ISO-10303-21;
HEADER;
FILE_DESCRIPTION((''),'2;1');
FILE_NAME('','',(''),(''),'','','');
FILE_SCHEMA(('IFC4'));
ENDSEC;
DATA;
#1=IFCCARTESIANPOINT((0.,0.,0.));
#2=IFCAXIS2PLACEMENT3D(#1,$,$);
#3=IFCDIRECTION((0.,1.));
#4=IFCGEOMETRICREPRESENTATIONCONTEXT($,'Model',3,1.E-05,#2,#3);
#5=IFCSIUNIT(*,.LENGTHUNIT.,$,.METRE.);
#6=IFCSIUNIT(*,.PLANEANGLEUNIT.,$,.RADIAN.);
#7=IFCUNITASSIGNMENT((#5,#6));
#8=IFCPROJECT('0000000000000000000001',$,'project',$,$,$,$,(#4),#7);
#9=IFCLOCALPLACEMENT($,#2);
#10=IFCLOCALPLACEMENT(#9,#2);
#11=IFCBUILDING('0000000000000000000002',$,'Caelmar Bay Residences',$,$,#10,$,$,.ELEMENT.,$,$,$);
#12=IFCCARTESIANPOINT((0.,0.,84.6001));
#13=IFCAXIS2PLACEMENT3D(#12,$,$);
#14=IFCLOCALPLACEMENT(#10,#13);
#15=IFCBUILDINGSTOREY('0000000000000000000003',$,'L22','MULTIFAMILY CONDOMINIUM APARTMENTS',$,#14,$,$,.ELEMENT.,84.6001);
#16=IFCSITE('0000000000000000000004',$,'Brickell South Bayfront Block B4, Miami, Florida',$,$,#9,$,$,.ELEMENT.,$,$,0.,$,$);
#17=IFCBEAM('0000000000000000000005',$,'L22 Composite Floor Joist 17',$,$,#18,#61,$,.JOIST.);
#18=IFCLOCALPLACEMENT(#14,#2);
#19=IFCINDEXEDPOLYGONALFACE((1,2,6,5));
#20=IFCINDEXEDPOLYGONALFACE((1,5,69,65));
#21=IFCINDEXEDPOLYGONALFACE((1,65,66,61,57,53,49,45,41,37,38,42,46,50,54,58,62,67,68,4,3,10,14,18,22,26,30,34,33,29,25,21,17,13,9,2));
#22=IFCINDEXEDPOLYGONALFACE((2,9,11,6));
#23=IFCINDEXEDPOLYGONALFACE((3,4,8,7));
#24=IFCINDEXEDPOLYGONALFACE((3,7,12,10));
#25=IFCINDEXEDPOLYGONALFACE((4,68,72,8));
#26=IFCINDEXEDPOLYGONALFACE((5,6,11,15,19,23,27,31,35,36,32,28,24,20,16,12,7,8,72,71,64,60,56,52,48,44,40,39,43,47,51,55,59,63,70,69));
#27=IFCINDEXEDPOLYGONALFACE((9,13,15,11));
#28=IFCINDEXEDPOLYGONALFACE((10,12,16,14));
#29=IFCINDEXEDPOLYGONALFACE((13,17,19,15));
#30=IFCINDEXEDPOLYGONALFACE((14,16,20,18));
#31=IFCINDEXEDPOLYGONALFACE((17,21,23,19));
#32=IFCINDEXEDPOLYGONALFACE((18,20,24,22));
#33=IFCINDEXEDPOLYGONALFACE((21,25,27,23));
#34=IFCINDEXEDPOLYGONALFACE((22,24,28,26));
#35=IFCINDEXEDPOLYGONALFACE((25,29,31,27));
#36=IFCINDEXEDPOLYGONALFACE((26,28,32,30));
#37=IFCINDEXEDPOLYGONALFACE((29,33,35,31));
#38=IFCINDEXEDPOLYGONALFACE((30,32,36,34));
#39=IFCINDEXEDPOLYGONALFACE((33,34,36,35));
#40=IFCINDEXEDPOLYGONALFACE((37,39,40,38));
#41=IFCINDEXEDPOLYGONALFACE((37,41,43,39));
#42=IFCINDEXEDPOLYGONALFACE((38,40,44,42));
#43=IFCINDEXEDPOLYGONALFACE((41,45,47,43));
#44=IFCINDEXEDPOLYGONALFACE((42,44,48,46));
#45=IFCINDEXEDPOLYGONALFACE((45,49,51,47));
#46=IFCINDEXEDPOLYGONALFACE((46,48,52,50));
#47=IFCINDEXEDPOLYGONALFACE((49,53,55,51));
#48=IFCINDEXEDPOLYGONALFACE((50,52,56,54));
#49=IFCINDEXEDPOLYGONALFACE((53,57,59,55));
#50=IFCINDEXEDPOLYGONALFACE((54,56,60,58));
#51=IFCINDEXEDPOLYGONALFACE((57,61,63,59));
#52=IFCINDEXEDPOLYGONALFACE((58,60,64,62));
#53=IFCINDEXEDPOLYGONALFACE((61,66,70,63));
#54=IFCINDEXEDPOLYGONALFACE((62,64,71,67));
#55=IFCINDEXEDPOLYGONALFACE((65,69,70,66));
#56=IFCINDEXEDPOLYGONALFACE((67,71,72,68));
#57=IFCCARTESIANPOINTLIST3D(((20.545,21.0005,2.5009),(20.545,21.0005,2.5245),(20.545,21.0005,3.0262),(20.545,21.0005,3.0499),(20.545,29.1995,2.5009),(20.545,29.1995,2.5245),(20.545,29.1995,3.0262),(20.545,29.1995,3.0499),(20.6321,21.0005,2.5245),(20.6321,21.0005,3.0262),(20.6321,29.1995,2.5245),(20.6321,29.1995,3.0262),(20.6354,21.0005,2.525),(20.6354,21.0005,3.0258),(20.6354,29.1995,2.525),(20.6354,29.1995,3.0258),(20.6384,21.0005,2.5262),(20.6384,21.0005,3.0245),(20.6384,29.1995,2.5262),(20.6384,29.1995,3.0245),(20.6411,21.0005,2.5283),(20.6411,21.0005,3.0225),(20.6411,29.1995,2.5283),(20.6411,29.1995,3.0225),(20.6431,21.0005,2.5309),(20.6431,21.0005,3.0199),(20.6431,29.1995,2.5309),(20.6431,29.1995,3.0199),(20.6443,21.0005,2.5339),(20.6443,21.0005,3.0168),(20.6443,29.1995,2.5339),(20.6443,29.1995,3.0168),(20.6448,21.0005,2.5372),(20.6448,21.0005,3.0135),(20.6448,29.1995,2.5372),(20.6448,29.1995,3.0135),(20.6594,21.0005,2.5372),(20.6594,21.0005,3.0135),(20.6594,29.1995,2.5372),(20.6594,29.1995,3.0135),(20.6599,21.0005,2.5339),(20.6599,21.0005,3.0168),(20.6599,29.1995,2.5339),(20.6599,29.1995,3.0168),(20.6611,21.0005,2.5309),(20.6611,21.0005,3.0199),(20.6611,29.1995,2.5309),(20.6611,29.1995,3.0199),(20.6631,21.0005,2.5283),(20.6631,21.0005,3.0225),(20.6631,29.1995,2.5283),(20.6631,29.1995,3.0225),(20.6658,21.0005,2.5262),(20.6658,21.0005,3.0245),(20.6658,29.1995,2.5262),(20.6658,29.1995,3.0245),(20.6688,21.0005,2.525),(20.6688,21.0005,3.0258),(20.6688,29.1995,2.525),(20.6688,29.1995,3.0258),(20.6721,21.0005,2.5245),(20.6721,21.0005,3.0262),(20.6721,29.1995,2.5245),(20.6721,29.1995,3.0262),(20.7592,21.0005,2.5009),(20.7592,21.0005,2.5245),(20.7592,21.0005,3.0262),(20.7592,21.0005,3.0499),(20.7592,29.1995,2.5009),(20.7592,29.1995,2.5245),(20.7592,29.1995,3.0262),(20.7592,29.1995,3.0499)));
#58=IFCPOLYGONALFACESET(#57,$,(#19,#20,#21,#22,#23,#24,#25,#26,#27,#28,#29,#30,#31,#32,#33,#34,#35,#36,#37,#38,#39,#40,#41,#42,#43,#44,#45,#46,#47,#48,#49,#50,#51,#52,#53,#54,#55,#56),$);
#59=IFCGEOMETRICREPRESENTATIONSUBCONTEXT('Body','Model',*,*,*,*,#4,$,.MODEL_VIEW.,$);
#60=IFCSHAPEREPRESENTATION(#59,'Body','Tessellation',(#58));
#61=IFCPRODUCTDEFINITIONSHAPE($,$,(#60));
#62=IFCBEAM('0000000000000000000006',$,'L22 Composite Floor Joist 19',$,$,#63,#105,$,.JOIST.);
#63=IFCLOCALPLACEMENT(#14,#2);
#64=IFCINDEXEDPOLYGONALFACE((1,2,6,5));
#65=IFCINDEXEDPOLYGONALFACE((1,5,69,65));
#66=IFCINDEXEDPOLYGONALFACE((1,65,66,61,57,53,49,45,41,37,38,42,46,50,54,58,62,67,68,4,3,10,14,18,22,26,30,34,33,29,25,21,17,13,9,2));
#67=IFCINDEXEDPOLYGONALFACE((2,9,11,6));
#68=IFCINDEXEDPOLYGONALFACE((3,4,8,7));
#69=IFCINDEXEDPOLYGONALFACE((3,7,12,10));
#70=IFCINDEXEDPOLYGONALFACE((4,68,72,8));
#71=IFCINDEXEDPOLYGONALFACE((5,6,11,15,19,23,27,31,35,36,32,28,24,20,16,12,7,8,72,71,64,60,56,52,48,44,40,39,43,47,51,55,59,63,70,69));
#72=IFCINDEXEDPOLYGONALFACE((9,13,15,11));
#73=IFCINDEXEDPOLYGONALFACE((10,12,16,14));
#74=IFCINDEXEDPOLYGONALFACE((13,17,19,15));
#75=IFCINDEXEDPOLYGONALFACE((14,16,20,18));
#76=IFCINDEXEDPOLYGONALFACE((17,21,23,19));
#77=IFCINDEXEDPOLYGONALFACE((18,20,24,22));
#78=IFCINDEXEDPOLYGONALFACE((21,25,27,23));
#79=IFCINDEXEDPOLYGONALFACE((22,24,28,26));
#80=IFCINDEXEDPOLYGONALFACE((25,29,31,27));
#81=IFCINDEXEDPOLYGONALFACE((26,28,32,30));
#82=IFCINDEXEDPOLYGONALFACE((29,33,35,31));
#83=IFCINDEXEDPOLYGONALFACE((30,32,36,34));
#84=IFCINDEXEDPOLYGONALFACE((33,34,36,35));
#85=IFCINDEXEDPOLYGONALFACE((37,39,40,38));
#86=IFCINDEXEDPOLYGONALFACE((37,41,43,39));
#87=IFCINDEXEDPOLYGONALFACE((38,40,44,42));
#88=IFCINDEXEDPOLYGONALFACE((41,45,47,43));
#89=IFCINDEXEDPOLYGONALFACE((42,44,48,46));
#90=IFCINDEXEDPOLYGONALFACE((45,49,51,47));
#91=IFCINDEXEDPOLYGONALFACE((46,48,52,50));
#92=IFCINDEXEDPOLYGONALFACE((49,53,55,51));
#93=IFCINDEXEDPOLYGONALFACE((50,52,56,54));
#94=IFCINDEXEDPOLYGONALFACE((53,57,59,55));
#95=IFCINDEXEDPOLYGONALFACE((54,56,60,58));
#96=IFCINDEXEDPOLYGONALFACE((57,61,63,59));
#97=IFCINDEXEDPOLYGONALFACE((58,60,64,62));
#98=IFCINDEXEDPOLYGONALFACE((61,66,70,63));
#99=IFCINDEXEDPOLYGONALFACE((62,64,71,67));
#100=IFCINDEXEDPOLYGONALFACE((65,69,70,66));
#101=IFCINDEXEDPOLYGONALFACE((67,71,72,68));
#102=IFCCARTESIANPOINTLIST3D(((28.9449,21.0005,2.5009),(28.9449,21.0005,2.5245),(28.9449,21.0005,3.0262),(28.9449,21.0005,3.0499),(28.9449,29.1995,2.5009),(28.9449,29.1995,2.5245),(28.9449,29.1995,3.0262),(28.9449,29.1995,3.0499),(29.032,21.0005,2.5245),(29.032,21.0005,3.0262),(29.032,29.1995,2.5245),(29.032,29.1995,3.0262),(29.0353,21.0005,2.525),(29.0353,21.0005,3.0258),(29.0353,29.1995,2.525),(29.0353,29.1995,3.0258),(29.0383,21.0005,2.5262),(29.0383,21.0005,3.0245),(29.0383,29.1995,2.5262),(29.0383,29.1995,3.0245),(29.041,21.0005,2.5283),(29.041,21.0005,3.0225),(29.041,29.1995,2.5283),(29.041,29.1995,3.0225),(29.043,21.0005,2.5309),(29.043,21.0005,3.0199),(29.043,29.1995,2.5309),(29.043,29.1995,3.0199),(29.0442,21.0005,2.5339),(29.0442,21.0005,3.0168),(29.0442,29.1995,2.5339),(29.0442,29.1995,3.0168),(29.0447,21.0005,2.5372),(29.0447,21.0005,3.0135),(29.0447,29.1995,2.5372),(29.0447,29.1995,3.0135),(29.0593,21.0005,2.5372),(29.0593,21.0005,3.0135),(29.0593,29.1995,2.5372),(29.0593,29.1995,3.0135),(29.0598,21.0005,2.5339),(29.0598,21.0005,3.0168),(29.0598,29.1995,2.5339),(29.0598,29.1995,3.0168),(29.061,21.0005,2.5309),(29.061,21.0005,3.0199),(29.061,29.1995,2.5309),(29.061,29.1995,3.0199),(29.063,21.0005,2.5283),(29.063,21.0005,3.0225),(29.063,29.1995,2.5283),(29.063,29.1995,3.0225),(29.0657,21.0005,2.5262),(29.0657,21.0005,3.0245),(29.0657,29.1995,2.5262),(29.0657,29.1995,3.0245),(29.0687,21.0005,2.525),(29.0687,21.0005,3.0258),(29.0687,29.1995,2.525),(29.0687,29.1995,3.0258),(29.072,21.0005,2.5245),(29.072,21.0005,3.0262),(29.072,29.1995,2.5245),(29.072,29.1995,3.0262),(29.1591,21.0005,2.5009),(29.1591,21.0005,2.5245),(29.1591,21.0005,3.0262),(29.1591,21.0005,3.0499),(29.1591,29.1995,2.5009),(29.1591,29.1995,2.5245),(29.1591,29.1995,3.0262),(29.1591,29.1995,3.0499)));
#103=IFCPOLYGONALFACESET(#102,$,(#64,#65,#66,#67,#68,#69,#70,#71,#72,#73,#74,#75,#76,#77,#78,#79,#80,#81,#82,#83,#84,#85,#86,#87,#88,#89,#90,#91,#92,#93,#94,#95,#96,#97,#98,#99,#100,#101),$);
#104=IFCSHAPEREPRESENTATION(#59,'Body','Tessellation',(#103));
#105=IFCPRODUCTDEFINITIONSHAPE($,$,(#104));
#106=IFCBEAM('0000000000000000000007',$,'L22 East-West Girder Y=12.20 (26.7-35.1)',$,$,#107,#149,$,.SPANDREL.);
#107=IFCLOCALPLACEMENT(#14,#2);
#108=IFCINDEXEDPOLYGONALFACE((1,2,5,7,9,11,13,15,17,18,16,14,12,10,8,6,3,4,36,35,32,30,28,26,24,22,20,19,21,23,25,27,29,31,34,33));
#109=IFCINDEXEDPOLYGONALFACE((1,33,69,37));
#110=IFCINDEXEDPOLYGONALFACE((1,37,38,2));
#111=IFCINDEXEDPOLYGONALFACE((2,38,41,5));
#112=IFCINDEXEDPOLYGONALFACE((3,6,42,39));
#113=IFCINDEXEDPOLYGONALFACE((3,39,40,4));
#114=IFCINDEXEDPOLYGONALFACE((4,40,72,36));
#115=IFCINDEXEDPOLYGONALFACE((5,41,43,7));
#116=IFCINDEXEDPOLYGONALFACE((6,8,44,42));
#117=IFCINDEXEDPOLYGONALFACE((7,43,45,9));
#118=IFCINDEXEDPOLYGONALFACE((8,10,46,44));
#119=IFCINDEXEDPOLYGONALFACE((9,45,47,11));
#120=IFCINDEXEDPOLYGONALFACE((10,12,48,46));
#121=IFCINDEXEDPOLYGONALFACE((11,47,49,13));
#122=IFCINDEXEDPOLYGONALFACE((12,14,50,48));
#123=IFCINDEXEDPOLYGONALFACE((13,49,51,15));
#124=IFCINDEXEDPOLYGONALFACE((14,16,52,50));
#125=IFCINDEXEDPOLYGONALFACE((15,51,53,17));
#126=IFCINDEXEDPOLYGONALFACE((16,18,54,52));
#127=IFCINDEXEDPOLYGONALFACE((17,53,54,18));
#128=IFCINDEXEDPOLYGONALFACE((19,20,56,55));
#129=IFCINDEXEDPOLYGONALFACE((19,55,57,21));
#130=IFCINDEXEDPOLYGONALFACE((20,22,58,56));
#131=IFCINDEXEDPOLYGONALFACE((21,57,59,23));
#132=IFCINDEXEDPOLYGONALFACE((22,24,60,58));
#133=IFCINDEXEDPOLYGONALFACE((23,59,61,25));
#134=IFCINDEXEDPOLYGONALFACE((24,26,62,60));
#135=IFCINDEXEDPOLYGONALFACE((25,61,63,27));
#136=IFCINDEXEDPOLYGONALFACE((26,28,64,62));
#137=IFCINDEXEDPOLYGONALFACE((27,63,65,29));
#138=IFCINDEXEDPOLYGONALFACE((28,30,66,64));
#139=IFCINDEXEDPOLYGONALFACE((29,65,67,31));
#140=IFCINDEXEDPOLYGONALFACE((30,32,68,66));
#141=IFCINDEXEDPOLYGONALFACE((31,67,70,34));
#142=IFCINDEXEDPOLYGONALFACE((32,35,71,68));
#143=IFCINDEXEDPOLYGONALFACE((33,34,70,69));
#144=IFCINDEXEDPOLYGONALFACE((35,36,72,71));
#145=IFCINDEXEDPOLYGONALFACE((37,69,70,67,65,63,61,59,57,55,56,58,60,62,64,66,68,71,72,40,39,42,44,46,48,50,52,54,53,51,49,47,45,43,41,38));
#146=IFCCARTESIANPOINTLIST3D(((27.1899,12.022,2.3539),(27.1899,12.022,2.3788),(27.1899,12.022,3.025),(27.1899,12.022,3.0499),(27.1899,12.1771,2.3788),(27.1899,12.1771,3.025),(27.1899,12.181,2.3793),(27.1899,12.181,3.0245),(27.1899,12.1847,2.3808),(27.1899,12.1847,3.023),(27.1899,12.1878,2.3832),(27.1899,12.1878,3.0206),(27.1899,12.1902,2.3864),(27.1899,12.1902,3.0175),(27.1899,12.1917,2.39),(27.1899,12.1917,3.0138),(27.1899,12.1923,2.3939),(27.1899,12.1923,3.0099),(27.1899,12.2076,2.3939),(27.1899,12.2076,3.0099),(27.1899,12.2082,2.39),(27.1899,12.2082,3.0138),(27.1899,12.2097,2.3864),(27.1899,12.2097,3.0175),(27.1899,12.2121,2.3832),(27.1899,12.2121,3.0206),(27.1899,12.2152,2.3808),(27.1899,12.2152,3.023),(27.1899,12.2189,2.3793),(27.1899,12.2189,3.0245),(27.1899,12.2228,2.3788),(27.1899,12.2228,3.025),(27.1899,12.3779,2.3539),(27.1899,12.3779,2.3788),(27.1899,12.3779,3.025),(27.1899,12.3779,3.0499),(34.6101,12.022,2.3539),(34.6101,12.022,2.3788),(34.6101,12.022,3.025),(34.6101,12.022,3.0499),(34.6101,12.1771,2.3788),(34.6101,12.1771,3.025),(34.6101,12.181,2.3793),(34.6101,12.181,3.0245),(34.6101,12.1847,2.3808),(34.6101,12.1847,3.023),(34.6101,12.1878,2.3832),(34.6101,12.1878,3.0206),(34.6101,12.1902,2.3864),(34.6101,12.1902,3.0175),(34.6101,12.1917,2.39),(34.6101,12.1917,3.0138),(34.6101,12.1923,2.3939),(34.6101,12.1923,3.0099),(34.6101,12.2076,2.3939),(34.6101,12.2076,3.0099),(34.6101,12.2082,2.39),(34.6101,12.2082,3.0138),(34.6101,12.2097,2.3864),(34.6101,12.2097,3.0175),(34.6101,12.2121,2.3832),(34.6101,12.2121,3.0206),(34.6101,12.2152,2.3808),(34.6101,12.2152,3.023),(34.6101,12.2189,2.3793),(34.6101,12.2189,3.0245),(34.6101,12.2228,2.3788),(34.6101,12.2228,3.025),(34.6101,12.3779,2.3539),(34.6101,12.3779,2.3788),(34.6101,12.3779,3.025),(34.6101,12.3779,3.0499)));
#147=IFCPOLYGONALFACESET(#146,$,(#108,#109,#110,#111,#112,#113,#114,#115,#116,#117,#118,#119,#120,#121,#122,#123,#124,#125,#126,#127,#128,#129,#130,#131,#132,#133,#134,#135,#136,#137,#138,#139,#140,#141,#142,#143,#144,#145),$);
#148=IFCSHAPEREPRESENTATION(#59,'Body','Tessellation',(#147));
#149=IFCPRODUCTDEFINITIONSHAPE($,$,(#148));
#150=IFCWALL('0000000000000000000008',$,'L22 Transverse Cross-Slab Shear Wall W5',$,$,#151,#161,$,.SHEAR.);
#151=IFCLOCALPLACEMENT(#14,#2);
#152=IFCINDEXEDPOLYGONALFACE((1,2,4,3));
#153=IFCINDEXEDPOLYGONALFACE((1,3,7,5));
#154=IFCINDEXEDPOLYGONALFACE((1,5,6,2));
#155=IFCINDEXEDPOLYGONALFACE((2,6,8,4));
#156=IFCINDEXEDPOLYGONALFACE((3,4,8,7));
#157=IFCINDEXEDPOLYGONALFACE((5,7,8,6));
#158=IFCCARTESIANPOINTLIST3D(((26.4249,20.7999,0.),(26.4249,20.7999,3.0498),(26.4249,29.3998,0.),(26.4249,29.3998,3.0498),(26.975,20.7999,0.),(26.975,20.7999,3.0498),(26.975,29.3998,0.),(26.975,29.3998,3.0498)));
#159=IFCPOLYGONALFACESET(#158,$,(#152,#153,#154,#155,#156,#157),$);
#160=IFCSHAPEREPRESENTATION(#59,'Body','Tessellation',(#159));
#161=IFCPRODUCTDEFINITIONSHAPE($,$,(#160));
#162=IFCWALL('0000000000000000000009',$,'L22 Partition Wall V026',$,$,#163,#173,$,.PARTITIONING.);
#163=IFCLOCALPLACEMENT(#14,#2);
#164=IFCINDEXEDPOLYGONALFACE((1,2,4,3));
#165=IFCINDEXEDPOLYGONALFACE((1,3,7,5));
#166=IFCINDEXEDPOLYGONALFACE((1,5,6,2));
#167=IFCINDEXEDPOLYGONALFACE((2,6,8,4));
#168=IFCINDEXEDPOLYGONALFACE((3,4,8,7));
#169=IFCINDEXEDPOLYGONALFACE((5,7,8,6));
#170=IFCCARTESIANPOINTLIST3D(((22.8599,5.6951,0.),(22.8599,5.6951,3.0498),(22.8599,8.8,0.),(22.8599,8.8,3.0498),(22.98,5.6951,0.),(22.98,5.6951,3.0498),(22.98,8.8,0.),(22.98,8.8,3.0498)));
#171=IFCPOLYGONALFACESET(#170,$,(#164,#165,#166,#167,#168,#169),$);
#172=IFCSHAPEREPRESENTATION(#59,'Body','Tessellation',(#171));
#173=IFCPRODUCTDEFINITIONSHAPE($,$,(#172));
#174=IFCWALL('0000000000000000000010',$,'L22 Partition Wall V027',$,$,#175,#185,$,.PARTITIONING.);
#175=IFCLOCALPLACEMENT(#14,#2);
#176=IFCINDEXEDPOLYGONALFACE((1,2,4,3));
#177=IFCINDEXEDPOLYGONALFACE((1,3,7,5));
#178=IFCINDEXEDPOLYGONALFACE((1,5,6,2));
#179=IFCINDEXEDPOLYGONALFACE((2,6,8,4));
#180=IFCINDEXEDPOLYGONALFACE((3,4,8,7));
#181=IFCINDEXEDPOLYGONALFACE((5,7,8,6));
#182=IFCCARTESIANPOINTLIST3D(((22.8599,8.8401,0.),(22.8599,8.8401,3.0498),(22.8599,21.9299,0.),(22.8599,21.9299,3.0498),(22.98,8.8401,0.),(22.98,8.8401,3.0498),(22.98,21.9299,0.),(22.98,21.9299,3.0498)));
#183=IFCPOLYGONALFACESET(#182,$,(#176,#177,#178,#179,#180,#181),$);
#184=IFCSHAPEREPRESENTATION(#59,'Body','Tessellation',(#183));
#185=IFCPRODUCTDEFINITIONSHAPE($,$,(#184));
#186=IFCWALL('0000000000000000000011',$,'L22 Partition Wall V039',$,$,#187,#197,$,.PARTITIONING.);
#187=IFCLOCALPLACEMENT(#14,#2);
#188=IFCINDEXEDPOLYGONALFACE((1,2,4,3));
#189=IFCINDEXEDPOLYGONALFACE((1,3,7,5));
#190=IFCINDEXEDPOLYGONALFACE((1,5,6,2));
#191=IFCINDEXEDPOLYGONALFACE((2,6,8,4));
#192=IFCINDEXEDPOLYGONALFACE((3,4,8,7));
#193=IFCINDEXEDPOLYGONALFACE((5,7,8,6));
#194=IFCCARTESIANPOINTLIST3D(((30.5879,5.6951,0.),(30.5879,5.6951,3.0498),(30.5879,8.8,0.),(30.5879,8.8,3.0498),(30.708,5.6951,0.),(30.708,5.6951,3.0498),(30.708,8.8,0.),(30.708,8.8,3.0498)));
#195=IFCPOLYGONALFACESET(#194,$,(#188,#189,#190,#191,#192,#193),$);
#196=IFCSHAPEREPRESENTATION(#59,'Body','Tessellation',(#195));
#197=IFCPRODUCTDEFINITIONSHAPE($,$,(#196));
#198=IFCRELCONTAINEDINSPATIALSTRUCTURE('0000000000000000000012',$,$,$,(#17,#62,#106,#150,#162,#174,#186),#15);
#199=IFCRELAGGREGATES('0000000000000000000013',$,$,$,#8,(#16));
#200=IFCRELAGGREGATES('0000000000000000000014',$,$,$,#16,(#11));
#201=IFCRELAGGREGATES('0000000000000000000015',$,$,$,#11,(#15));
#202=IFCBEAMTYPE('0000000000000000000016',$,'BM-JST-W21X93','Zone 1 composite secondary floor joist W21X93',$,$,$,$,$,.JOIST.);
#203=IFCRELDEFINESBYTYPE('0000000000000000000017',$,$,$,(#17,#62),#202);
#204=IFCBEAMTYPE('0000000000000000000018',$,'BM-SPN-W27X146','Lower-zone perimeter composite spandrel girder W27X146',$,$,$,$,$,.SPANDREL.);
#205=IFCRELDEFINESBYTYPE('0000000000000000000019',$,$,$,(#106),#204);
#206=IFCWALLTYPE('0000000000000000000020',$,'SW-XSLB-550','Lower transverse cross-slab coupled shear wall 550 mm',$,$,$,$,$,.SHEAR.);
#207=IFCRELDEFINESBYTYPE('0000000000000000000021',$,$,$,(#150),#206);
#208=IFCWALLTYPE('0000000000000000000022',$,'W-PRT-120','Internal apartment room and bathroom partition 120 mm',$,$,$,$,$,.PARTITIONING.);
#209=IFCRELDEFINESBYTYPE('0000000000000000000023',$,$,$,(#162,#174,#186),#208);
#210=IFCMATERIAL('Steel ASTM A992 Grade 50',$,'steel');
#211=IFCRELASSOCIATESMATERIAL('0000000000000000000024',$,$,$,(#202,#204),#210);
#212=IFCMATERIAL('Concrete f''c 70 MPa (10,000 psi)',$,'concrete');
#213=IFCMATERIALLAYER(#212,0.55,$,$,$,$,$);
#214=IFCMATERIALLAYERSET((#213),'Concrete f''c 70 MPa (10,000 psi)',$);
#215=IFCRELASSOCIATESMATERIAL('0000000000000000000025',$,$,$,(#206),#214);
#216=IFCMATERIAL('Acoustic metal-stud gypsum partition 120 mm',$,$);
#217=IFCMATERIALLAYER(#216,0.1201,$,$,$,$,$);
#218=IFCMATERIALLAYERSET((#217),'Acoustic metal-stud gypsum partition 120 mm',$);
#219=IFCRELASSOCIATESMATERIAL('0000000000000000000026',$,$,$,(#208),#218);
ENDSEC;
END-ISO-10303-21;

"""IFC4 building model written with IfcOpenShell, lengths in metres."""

from ifc_helpers import new_model, si_unit, direction, frame, frame_2d, origin, origin_2d, place, context, subcontext, project, spatial, rectangle, i_section, extrude, material, layer, layer_set, material_profile, profile_set, type_object, element, save


model = new_model("IFC4")

# Units and contexts
model_context = context("Model", 3, precision=1e-05, world=origin(), true_north=direction((0.0, 1.0)))
body_context = subcontext(model_context, "Body", "Model", "MODEL_VIEW")
ifc_project = project(units=[si_unit("LENGTHUNIT", "METRE"), si_unit("PLANEANGLEUNIT", "RADIAN")], contexts=[model_context])

# Site, building, storey
site_placement = place(None, origin())
site = spatial("IfcSite", under=ifc_project, at=site_placement, Name="Brickell South Bayfront Block B4, Miami, Florida", CompositionType="ELEMENT", RefElevation=0.0)
building_placement = place(site_placement, origin())
building = spatial("IfcBuilding", under=site, at=building_placement, Name="Caelmar Bay Residences", CompositionType="ELEMENT")
storey_placement = place(building_placement, frame((0.0, 0.0, 84.6001)))
storey = spatial("IfcBuildingStorey", under=building, at=storey_placement, Name="L22", Description="MULTIFAMILY CONDOMINIUM APARTMENTS", CompositionType="ELEMENT", Elevation=84.6001)

# Shared definitions
ifc_material_1 = material(Name="Concrete f'c 70 MPa (10,000 psi)", Category="concrete")

# Beams
ifc_material_2 = material(Name="Steel ASTM A992 Grade 50", Category="steel")
ifc_material_profile_1 = material_profile(ifc_material_2, i_section(OverallWidth=0.2141, OverallDepth=0.5491, WebThickness=0.0146, FlangeThickness=0.0237, FilletRadius=0.0127, at=origin_2d()), Name="W21X93")
ifc_profile_set_1 = profile_set([ifc_material_profile_1], Name="Steel ASTM A992 Grade 50")
beam_type_1 = type_object("IfcBeamType", Name="BM-JST-W21X93", Description="Zone 1 composite secondary floor joist W21X93", PredefinedType="JOIST", material=ifc_profile_set_1)
for number, where, z_axis, x_axis, name in (
    (1, (20.6521, 21.0005, 2.7754), (0.0, 1.0, 0.0), (-1.0, 0.0, 0.0), "L22 Composite Floor Joist 17"),
    (2, (29.052, 21.0005, 2.7754), (0.0, 1.0, 0.0), (-1.0, 0.0, 0.0), "L22 Composite Floor Joist 19"),
):
    element("IfcBeam", number, at=place(storey_placement, frame(where, z_axis=z_axis, x_axis=x_axis)), inside=storey, type_object=beam_type_1, Name=name, PredefinedType="JOIST", context=body_context, shape_type="SweptSolid", body=[
        extrude(i_section(OverallWidth=0.2141, OverallDepth=0.5491, WebThickness=0.0146, FlangeThickness=0.0237, FilletRadius=0.0127, at=origin_2d()), origin(), (0.0, 0.0, 1.0), 8.199),
    ])
ifc_material_profile_2 = material_profile(ifc_material_2, i_section(OverallWidth=0.356, OverallDepth=0.696, WebThickness=0.0154, FlangeThickness=0.0249, FilletRadius=0.0151, at=origin_2d()), Name="W27X146")
ifc_profile_set_2 = profile_set([ifc_material_profile_2], Name="Steel ASTM A992 Grade 50")
beam_type_2 = type_object("IfcBeamType", Name="BM-SPN-W27X146", Description="Lower-zone perimeter composite spandrel girder W27X146", PredefinedType="SPANDREL", material=ifc_profile_set_2)
beam_1_placement = place(storey_placement, frame((27.1899, 12.2, 2.7019), z_axis=(1.0, 0.0, 0.0), x_axis=(0.0, 1.0, 0.0)))
element("IfcBeam", 3, at=beam_1_placement, inside=storey, type_object=beam_type_2, Name="L22 East-West Girder Y=12.20 (26.7-35.1)", PredefinedType="SPANDREL", context=body_context, shape_type="SweptSolid", body=[
    extrude(i_section(OverallWidth=0.356, OverallDepth=0.696, WebThickness=0.0154, FlangeThickness=0.0249, FilletRadius=0.0151, at=origin_2d()), origin(), (0.0, 0.0, 1.0), 7.4202),
])

# Walls
ifc_layer_1 = layer(ifc_material_1, 0.55)
ifc_layer_set_1 = layer_set([ifc_layer_1], Name="Concrete f'c 70 MPa (10,000 psi)")
wall_type_1 = type_object("IfcWallType", Name="SW-XSLB-550", Description="Lower transverse cross-slab coupled shear wall 550 mm", PredefinedType="SHEAR", material=ifc_layer_set_1)
wall_1_placement = place(storey_placement, frame((26.7, 20.8, 0.0), z_axis=(0.0, 0.0, 1.0), x_axis=(0.0, 1.0, 0.0)))
element("IfcWall", 4, at=wall_1_placement, inside=storey, type_object=wall_type_1, Name="L22 Transverse Cross-Slab Shear Wall W5", PredefinedType="SHEAR", context=body_context, shape_type="SweptSolid", body=[
    extrude(rectangle(XDim=8.5999, YDim=0.55, at=frame_2d((4.2998, 0.0))), origin(), (0.0, 0.0, 1.0), 3.0498),
])
ifc_material_3 = material(Name="Acoustic metal-stud gypsum partition 120 mm")
ifc_layer_2 = layer(ifc_material_3, 0.1201)
ifc_layer_set_2 = layer_set([ifc_layer_2], Name="Acoustic metal-stud gypsum partition 120 mm")
wall_type_2 = type_object("IfcWallType", Name="W-PRT-120", Description="Internal apartment room and bathroom partition 120 mm", PredefinedType="PARTITIONING", material=ifc_layer_set_2)
wall_2_placement = place(storey_placement, frame((22.9199, 5.6951, 0.0), z_axis=(0.0, 0.0, 1.0), x_axis=(0.0, 1.0, 0.0)))
element("IfcWall", 5, at=wall_2_placement, inside=storey, type_object=wall_type_2, Name="L22 Partition Wall V026", PredefinedType="PARTITIONING", context=body_context, shape_type="SweptSolid", body=[
    extrude(rectangle(XDim=3.105, YDim=0.1201, at=frame_2d((1.5525, 0.0))), origin(), (0.0, 0.0, 1.0), 3.0498),
])
wall_3_placement = place(storey_placement, frame((22.9199, 8.8401, 0.0), z_axis=(0.0, 0.0, 1.0), x_axis=(0.0, 1.0, 0.0)))
element("IfcWall", 6, at=wall_3_placement, inside=storey, type_object=wall_type_2, Name="L22 Partition Wall V027", PredefinedType="PARTITIONING", context=body_context, shape_type="SweptSolid", body=[
    extrude(rectangle(XDim=13.0898, YDim=0.1201, at=frame_2d((6.5449, 0.0))), origin(), (0.0, 0.0, 1.0), 3.0498),
])
wall_4_placement = place(storey_placement, frame((30.6479, 5.6951, 0.0), z_axis=(0.0, 0.0, 1.0), x_axis=(0.0, 1.0, 0.0)))
element("IfcWall", 7, at=wall_4_placement, inside=storey, type_object=wall_type_2, Name="L22 Partition Wall V039", PredefinedType="PARTITIONING", context=body_context, shape_type="SweptSolid", body=[
    extrude(rectangle(XDim=3.105, YDim=0.1201, at=frame_2d((1.5525, 0.0))), origin(), (0.0, 0.0, 1.0), 3.0498),
])

save(model, "model.ifc")
